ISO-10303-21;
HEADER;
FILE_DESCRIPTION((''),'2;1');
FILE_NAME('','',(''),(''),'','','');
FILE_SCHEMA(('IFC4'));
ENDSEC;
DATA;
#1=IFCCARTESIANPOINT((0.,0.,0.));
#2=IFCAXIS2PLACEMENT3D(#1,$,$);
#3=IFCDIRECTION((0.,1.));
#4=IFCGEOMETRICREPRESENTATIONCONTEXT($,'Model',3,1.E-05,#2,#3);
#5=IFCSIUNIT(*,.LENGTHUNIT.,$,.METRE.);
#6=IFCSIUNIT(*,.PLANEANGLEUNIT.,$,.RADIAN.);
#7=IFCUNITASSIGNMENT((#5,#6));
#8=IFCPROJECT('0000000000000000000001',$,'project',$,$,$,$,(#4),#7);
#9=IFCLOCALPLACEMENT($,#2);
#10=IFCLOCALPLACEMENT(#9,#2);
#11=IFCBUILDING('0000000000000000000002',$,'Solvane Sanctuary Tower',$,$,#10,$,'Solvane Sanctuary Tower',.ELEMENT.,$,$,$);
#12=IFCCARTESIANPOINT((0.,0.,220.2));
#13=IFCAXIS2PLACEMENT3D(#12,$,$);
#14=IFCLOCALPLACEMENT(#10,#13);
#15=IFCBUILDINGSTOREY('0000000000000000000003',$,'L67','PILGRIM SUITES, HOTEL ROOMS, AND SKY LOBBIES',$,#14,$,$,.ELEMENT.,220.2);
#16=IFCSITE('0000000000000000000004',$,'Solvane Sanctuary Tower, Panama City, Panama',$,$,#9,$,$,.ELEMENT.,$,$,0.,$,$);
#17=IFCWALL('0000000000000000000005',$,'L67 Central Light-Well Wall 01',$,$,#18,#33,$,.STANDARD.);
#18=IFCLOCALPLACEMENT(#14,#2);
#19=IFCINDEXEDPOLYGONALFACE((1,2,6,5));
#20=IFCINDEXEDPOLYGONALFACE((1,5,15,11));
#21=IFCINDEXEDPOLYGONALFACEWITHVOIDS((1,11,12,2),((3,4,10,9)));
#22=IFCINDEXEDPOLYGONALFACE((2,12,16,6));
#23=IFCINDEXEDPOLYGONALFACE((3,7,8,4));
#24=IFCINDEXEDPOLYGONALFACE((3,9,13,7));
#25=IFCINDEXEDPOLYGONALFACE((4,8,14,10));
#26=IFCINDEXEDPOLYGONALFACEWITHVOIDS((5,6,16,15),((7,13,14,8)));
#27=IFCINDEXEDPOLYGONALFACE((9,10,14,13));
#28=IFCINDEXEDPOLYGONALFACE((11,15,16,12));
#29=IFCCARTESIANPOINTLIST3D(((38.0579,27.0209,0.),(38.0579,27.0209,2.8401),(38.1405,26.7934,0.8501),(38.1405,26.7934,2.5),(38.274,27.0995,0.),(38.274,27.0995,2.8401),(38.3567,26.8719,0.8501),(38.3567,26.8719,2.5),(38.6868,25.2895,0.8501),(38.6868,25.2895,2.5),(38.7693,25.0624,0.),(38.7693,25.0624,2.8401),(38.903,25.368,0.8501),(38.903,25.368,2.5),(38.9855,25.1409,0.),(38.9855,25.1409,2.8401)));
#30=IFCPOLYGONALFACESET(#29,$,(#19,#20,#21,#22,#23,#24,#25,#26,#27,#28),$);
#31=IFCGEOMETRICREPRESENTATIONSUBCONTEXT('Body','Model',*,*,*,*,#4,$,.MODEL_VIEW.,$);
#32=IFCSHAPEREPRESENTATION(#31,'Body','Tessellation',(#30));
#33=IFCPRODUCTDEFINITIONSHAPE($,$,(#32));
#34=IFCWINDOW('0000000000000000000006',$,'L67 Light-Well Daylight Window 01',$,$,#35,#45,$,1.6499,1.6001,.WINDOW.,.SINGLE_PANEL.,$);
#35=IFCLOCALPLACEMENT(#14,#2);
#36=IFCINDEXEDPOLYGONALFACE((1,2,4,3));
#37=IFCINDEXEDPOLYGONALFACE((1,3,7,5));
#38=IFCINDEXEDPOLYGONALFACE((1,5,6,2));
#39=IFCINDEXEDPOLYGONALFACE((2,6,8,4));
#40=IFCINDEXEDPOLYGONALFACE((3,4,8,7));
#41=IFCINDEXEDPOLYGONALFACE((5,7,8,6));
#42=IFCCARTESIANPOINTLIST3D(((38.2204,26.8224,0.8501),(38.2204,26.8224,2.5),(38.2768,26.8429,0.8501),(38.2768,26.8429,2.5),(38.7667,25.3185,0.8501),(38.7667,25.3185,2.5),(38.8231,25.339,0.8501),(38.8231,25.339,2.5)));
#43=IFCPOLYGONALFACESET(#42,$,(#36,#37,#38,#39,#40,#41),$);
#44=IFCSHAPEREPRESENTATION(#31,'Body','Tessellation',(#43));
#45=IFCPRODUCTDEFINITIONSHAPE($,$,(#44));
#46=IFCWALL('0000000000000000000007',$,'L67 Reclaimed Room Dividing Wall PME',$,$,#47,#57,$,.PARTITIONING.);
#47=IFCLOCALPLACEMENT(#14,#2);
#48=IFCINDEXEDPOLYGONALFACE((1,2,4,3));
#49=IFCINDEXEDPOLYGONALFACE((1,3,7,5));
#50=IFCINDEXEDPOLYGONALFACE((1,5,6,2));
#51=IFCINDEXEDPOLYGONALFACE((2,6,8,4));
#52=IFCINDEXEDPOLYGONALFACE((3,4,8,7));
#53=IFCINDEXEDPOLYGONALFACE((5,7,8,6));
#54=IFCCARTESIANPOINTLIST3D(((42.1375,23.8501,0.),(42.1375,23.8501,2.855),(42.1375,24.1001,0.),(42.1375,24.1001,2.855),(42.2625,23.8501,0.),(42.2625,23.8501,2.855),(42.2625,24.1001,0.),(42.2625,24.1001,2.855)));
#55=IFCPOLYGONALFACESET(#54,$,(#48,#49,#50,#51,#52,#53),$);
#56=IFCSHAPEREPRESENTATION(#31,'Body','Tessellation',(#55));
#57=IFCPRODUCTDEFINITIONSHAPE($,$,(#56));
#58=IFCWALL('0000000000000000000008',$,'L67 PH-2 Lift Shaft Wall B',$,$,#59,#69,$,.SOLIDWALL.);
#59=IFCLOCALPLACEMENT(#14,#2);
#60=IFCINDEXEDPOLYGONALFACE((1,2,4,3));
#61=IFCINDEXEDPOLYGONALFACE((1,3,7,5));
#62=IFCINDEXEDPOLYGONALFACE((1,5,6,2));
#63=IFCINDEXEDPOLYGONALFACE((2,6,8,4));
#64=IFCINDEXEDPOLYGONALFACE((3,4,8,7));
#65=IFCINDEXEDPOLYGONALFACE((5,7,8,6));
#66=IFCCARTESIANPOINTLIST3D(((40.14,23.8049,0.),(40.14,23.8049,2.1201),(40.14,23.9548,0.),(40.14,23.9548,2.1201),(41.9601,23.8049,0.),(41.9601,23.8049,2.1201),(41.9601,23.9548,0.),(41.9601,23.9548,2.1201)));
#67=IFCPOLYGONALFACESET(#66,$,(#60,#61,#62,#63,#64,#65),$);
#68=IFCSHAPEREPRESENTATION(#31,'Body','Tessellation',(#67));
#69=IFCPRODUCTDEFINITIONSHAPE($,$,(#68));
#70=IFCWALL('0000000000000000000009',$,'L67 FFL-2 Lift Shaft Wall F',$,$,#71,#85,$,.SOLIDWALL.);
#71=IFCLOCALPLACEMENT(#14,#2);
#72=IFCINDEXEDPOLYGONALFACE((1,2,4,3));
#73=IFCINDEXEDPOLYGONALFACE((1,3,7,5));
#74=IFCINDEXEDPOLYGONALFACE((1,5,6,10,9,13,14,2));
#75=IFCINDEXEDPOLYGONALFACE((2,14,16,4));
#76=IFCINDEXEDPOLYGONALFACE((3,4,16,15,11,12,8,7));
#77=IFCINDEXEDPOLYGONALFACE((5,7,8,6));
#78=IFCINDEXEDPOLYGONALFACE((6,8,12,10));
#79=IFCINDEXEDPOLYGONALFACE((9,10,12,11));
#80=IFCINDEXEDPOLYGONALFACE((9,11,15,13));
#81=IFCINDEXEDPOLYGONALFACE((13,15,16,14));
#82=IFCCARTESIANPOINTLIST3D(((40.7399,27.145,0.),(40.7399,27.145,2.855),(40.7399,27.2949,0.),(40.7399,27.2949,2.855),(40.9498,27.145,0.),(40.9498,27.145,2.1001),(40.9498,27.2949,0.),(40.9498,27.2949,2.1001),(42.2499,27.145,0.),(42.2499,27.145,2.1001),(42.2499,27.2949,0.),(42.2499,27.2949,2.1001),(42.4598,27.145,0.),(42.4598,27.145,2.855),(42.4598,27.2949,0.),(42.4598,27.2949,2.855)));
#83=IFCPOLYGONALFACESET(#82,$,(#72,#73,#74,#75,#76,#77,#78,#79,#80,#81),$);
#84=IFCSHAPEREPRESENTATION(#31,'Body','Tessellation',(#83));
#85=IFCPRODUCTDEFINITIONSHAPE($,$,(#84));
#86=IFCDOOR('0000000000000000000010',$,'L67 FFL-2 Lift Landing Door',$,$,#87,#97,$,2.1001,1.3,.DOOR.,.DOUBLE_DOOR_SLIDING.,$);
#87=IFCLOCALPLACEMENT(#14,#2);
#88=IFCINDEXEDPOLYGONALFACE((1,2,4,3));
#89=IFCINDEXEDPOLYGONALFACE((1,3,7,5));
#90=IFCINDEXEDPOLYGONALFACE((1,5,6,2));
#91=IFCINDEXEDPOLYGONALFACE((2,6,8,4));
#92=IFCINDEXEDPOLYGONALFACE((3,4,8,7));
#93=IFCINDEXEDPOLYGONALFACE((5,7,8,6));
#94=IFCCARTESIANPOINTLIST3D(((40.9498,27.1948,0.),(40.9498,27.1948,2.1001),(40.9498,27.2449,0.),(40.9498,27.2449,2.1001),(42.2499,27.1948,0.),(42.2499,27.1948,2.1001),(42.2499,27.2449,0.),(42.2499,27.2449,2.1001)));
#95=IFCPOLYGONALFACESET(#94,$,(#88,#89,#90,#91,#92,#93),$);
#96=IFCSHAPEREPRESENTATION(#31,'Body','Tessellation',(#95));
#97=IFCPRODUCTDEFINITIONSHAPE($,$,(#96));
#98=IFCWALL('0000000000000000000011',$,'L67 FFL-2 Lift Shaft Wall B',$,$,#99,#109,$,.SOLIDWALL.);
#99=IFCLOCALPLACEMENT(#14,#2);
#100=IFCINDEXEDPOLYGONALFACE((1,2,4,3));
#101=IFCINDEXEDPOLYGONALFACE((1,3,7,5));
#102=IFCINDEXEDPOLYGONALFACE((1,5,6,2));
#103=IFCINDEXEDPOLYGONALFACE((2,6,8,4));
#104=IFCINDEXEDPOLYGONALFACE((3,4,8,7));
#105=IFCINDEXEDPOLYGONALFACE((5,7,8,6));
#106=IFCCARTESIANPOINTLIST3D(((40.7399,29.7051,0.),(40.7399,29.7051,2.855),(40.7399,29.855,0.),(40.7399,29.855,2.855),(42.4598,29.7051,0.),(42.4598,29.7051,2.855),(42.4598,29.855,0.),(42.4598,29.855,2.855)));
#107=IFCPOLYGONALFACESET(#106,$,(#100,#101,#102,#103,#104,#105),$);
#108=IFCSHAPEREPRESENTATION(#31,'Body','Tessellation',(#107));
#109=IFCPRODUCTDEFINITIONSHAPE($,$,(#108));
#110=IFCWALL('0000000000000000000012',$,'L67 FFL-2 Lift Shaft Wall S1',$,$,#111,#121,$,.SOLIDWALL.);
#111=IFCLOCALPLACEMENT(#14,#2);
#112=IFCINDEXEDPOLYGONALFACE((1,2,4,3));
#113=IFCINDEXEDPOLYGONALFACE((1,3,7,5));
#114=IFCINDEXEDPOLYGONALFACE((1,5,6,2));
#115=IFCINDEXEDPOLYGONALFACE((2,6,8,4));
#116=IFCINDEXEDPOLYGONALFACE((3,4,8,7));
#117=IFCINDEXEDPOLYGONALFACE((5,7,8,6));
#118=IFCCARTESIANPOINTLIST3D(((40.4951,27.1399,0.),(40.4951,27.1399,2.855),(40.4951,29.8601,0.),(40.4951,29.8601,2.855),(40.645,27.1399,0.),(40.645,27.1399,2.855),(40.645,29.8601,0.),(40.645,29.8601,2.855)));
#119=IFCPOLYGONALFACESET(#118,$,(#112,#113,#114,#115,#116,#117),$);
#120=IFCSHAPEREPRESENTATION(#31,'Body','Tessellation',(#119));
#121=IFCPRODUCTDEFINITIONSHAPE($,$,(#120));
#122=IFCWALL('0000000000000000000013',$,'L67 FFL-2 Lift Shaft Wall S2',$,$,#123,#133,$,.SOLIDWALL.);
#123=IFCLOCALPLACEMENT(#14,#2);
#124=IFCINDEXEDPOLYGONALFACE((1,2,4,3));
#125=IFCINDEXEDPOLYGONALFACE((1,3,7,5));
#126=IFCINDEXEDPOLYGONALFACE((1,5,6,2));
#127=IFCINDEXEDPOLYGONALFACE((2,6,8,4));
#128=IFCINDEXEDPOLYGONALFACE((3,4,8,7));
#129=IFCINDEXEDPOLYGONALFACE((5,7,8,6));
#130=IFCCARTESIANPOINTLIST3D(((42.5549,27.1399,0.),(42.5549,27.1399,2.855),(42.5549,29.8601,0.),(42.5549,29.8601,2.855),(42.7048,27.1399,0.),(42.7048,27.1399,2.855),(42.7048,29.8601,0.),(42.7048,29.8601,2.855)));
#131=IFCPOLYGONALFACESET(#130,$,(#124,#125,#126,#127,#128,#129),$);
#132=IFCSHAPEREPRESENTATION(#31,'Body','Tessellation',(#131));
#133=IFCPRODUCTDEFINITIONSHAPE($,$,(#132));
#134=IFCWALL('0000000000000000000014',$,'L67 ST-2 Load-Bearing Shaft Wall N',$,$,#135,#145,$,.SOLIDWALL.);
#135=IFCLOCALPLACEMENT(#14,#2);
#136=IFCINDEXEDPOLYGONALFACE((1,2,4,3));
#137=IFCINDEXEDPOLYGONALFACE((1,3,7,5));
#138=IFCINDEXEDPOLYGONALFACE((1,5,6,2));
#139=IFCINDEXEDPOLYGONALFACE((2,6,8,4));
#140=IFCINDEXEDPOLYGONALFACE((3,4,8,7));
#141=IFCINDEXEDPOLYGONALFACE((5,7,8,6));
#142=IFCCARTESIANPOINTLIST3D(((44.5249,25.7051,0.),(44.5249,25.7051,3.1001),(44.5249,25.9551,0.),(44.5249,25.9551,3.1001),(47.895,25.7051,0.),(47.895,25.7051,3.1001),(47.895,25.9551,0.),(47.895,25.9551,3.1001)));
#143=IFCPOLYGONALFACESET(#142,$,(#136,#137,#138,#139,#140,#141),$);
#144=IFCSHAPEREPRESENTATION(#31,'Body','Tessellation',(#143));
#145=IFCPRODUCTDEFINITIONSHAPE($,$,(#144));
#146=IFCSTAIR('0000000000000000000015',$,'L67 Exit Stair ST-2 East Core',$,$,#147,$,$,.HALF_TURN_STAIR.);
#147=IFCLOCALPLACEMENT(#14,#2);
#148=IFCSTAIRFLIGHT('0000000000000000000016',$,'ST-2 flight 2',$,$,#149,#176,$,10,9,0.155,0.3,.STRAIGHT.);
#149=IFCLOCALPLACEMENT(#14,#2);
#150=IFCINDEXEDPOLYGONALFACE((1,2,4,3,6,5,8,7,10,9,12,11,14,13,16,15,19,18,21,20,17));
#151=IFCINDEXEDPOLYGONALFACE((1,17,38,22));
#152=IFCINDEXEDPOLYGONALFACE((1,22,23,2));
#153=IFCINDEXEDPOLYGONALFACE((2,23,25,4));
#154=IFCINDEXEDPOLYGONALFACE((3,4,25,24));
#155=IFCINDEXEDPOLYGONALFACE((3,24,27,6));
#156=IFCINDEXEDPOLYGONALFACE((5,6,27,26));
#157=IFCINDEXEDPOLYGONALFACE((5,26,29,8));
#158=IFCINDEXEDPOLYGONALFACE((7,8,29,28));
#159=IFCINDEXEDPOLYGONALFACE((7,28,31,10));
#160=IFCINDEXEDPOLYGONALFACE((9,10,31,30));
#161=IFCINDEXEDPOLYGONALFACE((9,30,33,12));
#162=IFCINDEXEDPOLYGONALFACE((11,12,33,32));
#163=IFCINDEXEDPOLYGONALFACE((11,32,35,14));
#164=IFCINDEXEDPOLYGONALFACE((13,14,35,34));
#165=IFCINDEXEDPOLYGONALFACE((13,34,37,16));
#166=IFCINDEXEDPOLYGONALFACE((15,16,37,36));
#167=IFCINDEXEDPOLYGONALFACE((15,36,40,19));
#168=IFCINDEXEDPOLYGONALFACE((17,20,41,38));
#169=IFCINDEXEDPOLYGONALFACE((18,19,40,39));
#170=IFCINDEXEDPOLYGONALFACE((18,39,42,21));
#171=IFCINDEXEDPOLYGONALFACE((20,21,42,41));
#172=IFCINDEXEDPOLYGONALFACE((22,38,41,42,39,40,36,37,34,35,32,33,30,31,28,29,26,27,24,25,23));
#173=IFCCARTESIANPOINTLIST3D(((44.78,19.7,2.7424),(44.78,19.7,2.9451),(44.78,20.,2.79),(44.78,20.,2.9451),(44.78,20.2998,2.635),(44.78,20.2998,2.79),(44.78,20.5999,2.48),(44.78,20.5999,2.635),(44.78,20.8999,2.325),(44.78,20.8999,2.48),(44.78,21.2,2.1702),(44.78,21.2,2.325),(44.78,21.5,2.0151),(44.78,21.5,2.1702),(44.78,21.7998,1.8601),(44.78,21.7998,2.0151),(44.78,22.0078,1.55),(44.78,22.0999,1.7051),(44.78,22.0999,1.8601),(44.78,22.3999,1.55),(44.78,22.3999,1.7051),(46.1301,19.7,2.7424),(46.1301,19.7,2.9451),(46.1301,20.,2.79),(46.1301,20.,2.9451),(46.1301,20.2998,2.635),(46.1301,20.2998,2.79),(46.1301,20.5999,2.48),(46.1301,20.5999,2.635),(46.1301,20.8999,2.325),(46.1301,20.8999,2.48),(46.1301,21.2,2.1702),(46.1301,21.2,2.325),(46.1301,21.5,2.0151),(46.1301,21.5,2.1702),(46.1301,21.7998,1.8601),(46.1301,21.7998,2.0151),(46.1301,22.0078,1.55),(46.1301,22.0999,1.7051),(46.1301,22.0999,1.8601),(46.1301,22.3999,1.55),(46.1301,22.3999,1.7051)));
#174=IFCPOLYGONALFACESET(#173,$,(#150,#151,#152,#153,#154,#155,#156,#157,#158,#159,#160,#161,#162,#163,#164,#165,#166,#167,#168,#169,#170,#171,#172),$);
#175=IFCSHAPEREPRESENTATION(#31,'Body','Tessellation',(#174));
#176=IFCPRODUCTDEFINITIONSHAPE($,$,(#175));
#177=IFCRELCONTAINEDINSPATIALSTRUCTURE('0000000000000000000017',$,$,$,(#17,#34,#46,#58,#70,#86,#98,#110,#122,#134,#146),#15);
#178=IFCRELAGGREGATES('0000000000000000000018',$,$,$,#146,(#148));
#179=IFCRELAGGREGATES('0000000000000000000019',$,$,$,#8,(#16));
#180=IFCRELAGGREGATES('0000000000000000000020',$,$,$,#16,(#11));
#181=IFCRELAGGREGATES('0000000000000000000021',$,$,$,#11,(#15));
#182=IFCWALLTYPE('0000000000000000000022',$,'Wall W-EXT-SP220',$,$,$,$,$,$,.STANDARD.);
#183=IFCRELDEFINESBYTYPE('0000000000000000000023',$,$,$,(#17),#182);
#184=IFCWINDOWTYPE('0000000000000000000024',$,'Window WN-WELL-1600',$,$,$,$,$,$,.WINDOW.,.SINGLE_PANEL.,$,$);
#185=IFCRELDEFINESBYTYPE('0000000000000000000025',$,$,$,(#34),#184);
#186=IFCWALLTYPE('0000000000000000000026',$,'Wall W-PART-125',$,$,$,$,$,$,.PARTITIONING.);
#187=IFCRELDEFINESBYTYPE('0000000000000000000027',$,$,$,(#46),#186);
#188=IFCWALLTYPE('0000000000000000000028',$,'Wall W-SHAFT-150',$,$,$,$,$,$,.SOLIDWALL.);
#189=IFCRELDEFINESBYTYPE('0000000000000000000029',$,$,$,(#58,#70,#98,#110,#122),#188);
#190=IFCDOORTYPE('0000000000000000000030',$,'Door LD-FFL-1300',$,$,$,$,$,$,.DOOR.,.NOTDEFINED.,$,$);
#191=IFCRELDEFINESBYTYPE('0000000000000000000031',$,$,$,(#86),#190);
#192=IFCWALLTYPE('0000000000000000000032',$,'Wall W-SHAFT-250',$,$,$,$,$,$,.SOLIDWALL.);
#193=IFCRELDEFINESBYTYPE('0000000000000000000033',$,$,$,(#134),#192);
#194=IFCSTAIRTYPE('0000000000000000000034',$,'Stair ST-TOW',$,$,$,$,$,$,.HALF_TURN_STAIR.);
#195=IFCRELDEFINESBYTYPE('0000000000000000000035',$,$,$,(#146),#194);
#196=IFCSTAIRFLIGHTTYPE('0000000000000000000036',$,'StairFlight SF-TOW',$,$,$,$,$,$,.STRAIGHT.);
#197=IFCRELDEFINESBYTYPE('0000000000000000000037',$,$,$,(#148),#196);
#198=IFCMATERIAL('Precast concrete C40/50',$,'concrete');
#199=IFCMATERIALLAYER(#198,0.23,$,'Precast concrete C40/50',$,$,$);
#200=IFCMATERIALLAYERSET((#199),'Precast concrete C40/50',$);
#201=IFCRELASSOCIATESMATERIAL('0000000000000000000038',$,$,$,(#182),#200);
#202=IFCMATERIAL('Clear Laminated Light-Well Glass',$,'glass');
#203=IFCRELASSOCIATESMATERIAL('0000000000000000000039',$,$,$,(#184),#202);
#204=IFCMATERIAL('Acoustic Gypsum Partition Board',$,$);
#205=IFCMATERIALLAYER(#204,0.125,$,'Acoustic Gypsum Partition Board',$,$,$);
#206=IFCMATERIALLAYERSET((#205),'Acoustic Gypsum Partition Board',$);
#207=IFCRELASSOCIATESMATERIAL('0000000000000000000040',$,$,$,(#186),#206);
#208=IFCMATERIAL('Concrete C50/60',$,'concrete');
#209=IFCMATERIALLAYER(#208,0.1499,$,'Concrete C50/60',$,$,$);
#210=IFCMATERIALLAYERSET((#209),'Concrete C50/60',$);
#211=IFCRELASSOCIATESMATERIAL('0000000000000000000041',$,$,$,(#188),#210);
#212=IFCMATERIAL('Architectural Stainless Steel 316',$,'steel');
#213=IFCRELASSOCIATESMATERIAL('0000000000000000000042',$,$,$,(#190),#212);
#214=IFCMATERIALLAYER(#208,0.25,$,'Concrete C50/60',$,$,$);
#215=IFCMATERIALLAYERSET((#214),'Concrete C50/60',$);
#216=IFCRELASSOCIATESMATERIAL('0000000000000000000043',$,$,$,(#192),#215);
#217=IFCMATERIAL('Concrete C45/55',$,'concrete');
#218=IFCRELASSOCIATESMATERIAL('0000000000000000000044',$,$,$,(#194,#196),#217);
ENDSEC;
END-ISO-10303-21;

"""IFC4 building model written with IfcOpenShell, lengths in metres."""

from ifc_helpers import new_model, si_unit, direction, frame, frame_2d, origin, place, context, subcontext, project, spatial, polyline, rectangle, outline, extrude, material, layer, layer_set, type_object, element, fill, aggregate, save


model = new_model("IFC4")

# Units and contexts
model_context = context("Model", 3, precision=1e-05, world=origin(), true_north=direction((0.0, 1.0)))
body_context = subcontext(model_context, "Body", "Model", "MODEL_VIEW")
ifc_project = project(units=[si_unit("LENGTHUNIT", "METRE"), si_unit("PLANEANGLEUNIT", "RADIAN")], contexts=[model_context])

# Site, building, storey
site_placement = place(None, origin())
site = spatial("IfcSite", under=ifc_project, at=site_placement, Name="Solvane Sanctuary Tower, Panama City, Panama", CompositionType="ELEMENT", RefElevation=0.0)
building_placement = place(site_placement, origin())
building = spatial("IfcBuilding", under=site, at=building_placement, Name="Solvane Sanctuary Tower", LongName="Solvane Sanctuary Tower", CompositionType="ELEMENT")
storey_placement = place(building_placement, frame((0.0, 0.0, 220.2)))
storey = spatial("IfcBuildingStorey", under=building, at=storey_placement, Name="L67", Description="PILGRIM SUITES, HOTEL ROOMS, AND SKY LOBBIES", CompositionType="ELEMENT", Elevation=220.2)

# Shared definitions
ifc_material_1 = material(Name="Acoustic Gypsum Partition Board")

# Shared definitions
ifc_material_2 = material(Name="Architectural Stainless Steel 316", Category="steel")

# Shared definitions
ifc_material_3 = material(Name="Precast concrete C40/50", Category="concrete")

# Shared definitions
ifc_layer_1 = layer(ifc_material_3, 0.23, Name="Precast concrete C40/50")
ifc_layer_set_1 = layer_set([ifc_layer_1], Name="Precast concrete C40/50")
wall_type_1 = type_object("IfcWallType", Name="Wall W-EXT-SP220", PredefinedType="STANDARD", material=ifc_layer_set_1)

# Wall, opening, window
wall_1_placement = place(storey_placement, frame((38.8774, 25.1016, 0.0), z_axis=(0.0, 0.0, 1.0), x_axis=(-0.341423, 0.93991, 0.0)))
wall_1 = element("IfcWall", 1, at=wall_1_placement, inside=storey, type_object=wall_type_1, Name="L67 Central Light-Well Wall 01", PredefinedType="STANDARD", context=body_context, shape_type="SweptSolid", body=[
    extrude(rectangle(XDim=2.0837, YDim=0.23, at=frame_2d((1.042, 0.0))), origin(), (0.0, 0.0, 1.0), 2.8401),
])
opening_1_placement = place(wall_1_placement, frame((0.2417, 0.0, 0.8501)))
opening_1 = element("IfcOpeningElement", 2, at=opening_1_placement, cuts=wall_1, PredefinedType="OPENING", context=body_context, shape_type="SweptSolid", body=[
    extrude(rectangle(XDim=1.6001, YDim=1.6499, at=frame_2d((0.8, 0.825))), frame((0.0, 0.125, 0.0), z_axis=(0.0, -1.0, 0.0), x_axis=(1.0, 0.0, 0.0)), (0.0, 0.0, 1.0), 0.25),
])
ifc_material_4 = material(Name="Clear Laminated Light-Well Glass", Category="glass")
window_type_1 = type_object("IfcWindowType", Name="Window WN-WELL-1600", PartitioningType="SINGLE_PANEL", PredefinedType="WINDOW", material=ifc_material_4)
window_1_placement = place(opening_1_placement, origin())
window_1 = element("IfcWindow", 3, at=window_1_placement, inside=storey, type_object=window_type_1, Name="L67 Light-Well Daylight Window 01", OverallHeight=1.6499, OverallWidth=1.6001, PartitioningType="SINGLE_PANEL", PredefinedType="WINDOW", context=body_context, shape_type="SweptSolid", body=[
    extrude(rectangle(XDim=1.6001, YDim=1.6499, at=frame_2d((0.8, 0.825))), frame((0.0, 0.03, 0.0), z_axis=(0.0, -1.0, 0.0), x_axis=(1.0, 0.0, 0.0)), (0.0, 0.0, 1.0), 0.0601),
])
fill(opening_1, window_1)

# Walls
ifc_layer_2 = layer(ifc_material_1, 0.125, Name="Acoustic Gypsum Partition Board")
ifc_layer_set_2 = layer_set([ifc_layer_2], Name="Acoustic Gypsum Partition Board")
wall_type_2 = type_object("IfcWallType", Name="Wall W-PART-125", PredefinedType="PARTITIONING", material=ifc_layer_set_2)
wall_2_placement = place(storey_placement, frame((42.2, 23.8501, 0.0), z_axis=(0.0, 0.0, 1.0), x_axis=(0.0, 1.0, 0.0)))
element("IfcWall", 4, at=wall_2_placement, inside=storey, type_object=wall_type_2, Name="L67 Reclaimed Room Dividing Wall PME", PredefinedType="PARTITIONING", context=body_context, shape_type="SweptSolid", body=[
    extrude(rectangle(XDim=0.25, YDim=0.125, at=frame_2d((0.125, 0.0))), origin(), (0.0, 0.0, 1.0), 2.855),
])
ifc_material_5 = material(Name="Concrete C50/60", Category="concrete")
ifc_layer_3 = layer(ifc_material_5, 0.1499, Name="Concrete C50/60")
ifc_layer_set_3 = layer_set([ifc_layer_3], Name="Concrete C50/60")
wall_type_3 = type_object("IfcWallType", Name="Wall W-SHAFT-150", PredefinedType="SOLIDWALL", material=ifc_layer_set_3)
wall_3_placement = place(storey_placement, frame((40.1399, 23.8799, 0.0), z_axis=(0.0, 0.0, 1.0), x_axis=(1.0, 0.0, 0.0)))
element("IfcWall", 5, at=wall_3_placement, inside=storey, type_object=wall_type_3, Name="L67 PH-2 Lift Shaft Wall B", PredefinedType="SOLIDWALL", context=body_context, shape_type="SweptSolid", body=[
    extrude(rectangle(XDim=1.8201, YDim=0.1499, at=frame_2d((0.9102, 0.0))), origin(), (0.0, 0.0, 1.0), 2.1201),
])

# Wall, opening, door
wall_4_placement = place(storey_placement, frame((40.74, 27.22, 0.0), z_axis=(0.0, 0.0, 1.0), x_axis=(1.0, 0.0, 0.0)))
wall_4 = element("IfcWall", 6, at=wall_4_placement, inside=storey, type_object=wall_type_3, Name="L67 FFL-2 Lift Shaft Wall F", PredefinedType="SOLIDWALL", context=body_context, shape_type="SweptSolid", body=[
    extrude(rectangle(XDim=1.72, YDim=0.1499, at=frame_2d((0.8599, 0.0))), origin(), (0.0, 0.0, 1.0), 2.855),
])
opening_2_placement = place(wall_4_placement, frame((0.21, 0.0, 0.0)))
opening_2 = element("IfcOpeningElement", 7, at=opening_2_placement, cuts=wall_4, PredefinedType="OPENING", context=body_context, shape_type="SweptSolid", body=[
    extrude(rectangle(XDim=1.3, YDim=2.1001, at=frame_2d((0.6499, 1.05))), frame((0.0, 0.085, 0.0), z_axis=(0.0, -1.0, 0.0), x_axis=(1.0, 0.0, 0.0)), (0.0, 0.0, 1.0), 0.1699),
])
door_type_1 = type_object("IfcDoorType", Name="Door LD-FFL-1300", OperationType="NOTDEFINED", PredefinedType="DOOR", material=ifc_material_2)
door_1_placement = place(opening_2_placement, origin())
door_1 = element("IfcDoor", 8, at=door_1_placement, inside=storey, type_object=door_type_1, Name="L67 FFL-2 Lift Landing Door", OperationType="DOUBLE_DOOR_SLIDING", OverallHeight=2.1001, OverallWidth=1.3, PredefinedType="DOOR", context=body_context, shape_type="SweptSolid", body=[
    extrude(rectangle(XDim=1.3, YDim=2.1001, at=frame_2d((0.6499, 1.05))), frame((0.0, 0.0249, 0.0), z_axis=(0.0, -1.0, 0.0), x_axis=(1.0, 0.0, 0.0)), (0.0, 0.0, 1.0), 0.05),
])
fill(opening_2, door_1)

# Walls
wall_5_placement = place(storey_placement, frame((40.74, 29.78, 0.0), z_axis=(0.0, 0.0, 1.0), x_axis=(1.0, 0.0, 0.0)))
element("IfcWall", 9, at=wall_5_placement, inside=storey, type_object=wall_type_3, Name="L67 FFL-2 Lift Shaft Wall B", PredefinedType="SOLIDWALL", context=body_context, shape_type="SweptSolid", body=[
    extrude(rectangle(XDim=1.72, YDim=0.1499, at=frame_2d((0.8599, 0.0))), origin(), (0.0, 0.0, 1.0), 2.855),
])
for number, where, z_axis, x_axis, name in (
    (10, (40.5701, 27.1399, 0.0), (0.0, 0.0, 1.0), (0.0, 1.0, 0.0), "L67 FFL-2 Lift Shaft Wall S1"),
    (11, (42.6299, 27.1399, 0.0), (0.0, 0.0, 1.0), (0.0, 1.0, 0.0), "L67 FFL-2 Lift Shaft Wall S2"),
):
    element("IfcWall", number, at=place(storey_placement, frame(where, z_axis=z_axis, x_axis=x_axis)), inside=storey, type_object=wall_type_3, Name=name, PredefinedType="SOLIDWALL", context=body_context, shape_type="SweptSolid", body=[
        extrude(rectangle(XDim=2.7202, YDim=0.1499, at=frame_2d((1.3601, 0.0))), origin(), (0.0, 0.0, 1.0), 2.855),
    ])
ifc_layer_4 = layer(ifc_material_5, 0.25, Name="Concrete C50/60")
ifc_layer_set_4 = layer_set([ifc_layer_4], Name="Concrete C50/60")
wall_type_4 = type_object("IfcWallType", Name="Wall W-SHAFT-250", PredefinedType="SOLIDWALL", material=ifc_layer_set_4)
wall_6_placement = place(storey_placement, frame((44.5249, 25.8301, 0.0), z_axis=(0.0, 0.0, 1.0), x_axis=(1.0, 0.0, 0.0)))
element("IfcWall", 12, at=wall_6_placement, inside=storey, type_object=wall_type_4, Name="L67 ST-2 Load-Bearing Shaft Wall N", PredefinedType="SOLIDWALL", context=body_context, shape_type="SweptSolid", body=[
    extrude(rectangle(XDim=3.3701, YDim=0.25, at=frame_2d((1.6851, 0.0))), origin(), (0.0, 0.0, 1.0), 3.1001),
])

# Stair, stair flight
ifc_material_6 = material(Name="Concrete C45/55", Category="concrete")
stair_type = type_object("IfcStairType", Name="Stair ST-TOW", PredefinedType="HALF_TURN_STAIR", material=ifc_material_6)
stair_placement = place(storey_placement, origin())
stair = element("IfcStair", 13, at=stair_placement, inside=storey, type_object=stair_type, Name="L67 Exit Stair ST-2 East Core", PredefinedType="HALF_TURN_STAIR")
stair_flight_type = type_object("IfcStairFlightType", Name="StairFlight SF-TOW", PredefinedType="STRAIGHT", material=ifc_material_6)
stair_flight_placement = place(storey_placement, frame((45.4551, 22.3999, 1.55), z_axis=(0.0, 0.0, 1.0), x_axis=(0.0, -1.0, 0.0)))
stair_flight = element("IfcStairFlight", 14, at=stair_flight_placement, type_object=stair_flight_type, Name="ST-2 flight 2", NumberOfRisers=10, NumberOfTreads=9, PredefinedType="STRAIGHT", RiserHeight=0.155, TreadLength=0.3, context=body_context, shape_type="SweptSolid", body=[
    extrude(outline(polyline([(0.0, 0.0), (0.0, 0.155), (0.3, 0.155), (0.3, 0.3101), (0.6001, 0.3101), (0.6001, 0.4651), (0.8999, 0.4651), (0.8999, 0.6201), (1.2, 0.6201), (1.2, 0.7749), (1.5, 0.7749), (1.5, 0.9299), (1.8, 0.9299), (1.8, 1.085), (2.1001, 1.085), (2.1001, 1.24), (2.3999, 1.24), (2.3999, 1.395), (2.7, 1.395), (2.7, 1.55), (2.7, 1.1924), (0.3921, 0.0), (0.0, 0.0)])), frame((0.0, 0.675, 0.0), z_axis=(0.0, -1.0, 0.0), x_axis=(1.0, 0.0, 0.0)), (0.0, 0.0, 1.0), 1.3501),
])
aggregate(stair, [stair_flight])

save(model, "model.ifc")
